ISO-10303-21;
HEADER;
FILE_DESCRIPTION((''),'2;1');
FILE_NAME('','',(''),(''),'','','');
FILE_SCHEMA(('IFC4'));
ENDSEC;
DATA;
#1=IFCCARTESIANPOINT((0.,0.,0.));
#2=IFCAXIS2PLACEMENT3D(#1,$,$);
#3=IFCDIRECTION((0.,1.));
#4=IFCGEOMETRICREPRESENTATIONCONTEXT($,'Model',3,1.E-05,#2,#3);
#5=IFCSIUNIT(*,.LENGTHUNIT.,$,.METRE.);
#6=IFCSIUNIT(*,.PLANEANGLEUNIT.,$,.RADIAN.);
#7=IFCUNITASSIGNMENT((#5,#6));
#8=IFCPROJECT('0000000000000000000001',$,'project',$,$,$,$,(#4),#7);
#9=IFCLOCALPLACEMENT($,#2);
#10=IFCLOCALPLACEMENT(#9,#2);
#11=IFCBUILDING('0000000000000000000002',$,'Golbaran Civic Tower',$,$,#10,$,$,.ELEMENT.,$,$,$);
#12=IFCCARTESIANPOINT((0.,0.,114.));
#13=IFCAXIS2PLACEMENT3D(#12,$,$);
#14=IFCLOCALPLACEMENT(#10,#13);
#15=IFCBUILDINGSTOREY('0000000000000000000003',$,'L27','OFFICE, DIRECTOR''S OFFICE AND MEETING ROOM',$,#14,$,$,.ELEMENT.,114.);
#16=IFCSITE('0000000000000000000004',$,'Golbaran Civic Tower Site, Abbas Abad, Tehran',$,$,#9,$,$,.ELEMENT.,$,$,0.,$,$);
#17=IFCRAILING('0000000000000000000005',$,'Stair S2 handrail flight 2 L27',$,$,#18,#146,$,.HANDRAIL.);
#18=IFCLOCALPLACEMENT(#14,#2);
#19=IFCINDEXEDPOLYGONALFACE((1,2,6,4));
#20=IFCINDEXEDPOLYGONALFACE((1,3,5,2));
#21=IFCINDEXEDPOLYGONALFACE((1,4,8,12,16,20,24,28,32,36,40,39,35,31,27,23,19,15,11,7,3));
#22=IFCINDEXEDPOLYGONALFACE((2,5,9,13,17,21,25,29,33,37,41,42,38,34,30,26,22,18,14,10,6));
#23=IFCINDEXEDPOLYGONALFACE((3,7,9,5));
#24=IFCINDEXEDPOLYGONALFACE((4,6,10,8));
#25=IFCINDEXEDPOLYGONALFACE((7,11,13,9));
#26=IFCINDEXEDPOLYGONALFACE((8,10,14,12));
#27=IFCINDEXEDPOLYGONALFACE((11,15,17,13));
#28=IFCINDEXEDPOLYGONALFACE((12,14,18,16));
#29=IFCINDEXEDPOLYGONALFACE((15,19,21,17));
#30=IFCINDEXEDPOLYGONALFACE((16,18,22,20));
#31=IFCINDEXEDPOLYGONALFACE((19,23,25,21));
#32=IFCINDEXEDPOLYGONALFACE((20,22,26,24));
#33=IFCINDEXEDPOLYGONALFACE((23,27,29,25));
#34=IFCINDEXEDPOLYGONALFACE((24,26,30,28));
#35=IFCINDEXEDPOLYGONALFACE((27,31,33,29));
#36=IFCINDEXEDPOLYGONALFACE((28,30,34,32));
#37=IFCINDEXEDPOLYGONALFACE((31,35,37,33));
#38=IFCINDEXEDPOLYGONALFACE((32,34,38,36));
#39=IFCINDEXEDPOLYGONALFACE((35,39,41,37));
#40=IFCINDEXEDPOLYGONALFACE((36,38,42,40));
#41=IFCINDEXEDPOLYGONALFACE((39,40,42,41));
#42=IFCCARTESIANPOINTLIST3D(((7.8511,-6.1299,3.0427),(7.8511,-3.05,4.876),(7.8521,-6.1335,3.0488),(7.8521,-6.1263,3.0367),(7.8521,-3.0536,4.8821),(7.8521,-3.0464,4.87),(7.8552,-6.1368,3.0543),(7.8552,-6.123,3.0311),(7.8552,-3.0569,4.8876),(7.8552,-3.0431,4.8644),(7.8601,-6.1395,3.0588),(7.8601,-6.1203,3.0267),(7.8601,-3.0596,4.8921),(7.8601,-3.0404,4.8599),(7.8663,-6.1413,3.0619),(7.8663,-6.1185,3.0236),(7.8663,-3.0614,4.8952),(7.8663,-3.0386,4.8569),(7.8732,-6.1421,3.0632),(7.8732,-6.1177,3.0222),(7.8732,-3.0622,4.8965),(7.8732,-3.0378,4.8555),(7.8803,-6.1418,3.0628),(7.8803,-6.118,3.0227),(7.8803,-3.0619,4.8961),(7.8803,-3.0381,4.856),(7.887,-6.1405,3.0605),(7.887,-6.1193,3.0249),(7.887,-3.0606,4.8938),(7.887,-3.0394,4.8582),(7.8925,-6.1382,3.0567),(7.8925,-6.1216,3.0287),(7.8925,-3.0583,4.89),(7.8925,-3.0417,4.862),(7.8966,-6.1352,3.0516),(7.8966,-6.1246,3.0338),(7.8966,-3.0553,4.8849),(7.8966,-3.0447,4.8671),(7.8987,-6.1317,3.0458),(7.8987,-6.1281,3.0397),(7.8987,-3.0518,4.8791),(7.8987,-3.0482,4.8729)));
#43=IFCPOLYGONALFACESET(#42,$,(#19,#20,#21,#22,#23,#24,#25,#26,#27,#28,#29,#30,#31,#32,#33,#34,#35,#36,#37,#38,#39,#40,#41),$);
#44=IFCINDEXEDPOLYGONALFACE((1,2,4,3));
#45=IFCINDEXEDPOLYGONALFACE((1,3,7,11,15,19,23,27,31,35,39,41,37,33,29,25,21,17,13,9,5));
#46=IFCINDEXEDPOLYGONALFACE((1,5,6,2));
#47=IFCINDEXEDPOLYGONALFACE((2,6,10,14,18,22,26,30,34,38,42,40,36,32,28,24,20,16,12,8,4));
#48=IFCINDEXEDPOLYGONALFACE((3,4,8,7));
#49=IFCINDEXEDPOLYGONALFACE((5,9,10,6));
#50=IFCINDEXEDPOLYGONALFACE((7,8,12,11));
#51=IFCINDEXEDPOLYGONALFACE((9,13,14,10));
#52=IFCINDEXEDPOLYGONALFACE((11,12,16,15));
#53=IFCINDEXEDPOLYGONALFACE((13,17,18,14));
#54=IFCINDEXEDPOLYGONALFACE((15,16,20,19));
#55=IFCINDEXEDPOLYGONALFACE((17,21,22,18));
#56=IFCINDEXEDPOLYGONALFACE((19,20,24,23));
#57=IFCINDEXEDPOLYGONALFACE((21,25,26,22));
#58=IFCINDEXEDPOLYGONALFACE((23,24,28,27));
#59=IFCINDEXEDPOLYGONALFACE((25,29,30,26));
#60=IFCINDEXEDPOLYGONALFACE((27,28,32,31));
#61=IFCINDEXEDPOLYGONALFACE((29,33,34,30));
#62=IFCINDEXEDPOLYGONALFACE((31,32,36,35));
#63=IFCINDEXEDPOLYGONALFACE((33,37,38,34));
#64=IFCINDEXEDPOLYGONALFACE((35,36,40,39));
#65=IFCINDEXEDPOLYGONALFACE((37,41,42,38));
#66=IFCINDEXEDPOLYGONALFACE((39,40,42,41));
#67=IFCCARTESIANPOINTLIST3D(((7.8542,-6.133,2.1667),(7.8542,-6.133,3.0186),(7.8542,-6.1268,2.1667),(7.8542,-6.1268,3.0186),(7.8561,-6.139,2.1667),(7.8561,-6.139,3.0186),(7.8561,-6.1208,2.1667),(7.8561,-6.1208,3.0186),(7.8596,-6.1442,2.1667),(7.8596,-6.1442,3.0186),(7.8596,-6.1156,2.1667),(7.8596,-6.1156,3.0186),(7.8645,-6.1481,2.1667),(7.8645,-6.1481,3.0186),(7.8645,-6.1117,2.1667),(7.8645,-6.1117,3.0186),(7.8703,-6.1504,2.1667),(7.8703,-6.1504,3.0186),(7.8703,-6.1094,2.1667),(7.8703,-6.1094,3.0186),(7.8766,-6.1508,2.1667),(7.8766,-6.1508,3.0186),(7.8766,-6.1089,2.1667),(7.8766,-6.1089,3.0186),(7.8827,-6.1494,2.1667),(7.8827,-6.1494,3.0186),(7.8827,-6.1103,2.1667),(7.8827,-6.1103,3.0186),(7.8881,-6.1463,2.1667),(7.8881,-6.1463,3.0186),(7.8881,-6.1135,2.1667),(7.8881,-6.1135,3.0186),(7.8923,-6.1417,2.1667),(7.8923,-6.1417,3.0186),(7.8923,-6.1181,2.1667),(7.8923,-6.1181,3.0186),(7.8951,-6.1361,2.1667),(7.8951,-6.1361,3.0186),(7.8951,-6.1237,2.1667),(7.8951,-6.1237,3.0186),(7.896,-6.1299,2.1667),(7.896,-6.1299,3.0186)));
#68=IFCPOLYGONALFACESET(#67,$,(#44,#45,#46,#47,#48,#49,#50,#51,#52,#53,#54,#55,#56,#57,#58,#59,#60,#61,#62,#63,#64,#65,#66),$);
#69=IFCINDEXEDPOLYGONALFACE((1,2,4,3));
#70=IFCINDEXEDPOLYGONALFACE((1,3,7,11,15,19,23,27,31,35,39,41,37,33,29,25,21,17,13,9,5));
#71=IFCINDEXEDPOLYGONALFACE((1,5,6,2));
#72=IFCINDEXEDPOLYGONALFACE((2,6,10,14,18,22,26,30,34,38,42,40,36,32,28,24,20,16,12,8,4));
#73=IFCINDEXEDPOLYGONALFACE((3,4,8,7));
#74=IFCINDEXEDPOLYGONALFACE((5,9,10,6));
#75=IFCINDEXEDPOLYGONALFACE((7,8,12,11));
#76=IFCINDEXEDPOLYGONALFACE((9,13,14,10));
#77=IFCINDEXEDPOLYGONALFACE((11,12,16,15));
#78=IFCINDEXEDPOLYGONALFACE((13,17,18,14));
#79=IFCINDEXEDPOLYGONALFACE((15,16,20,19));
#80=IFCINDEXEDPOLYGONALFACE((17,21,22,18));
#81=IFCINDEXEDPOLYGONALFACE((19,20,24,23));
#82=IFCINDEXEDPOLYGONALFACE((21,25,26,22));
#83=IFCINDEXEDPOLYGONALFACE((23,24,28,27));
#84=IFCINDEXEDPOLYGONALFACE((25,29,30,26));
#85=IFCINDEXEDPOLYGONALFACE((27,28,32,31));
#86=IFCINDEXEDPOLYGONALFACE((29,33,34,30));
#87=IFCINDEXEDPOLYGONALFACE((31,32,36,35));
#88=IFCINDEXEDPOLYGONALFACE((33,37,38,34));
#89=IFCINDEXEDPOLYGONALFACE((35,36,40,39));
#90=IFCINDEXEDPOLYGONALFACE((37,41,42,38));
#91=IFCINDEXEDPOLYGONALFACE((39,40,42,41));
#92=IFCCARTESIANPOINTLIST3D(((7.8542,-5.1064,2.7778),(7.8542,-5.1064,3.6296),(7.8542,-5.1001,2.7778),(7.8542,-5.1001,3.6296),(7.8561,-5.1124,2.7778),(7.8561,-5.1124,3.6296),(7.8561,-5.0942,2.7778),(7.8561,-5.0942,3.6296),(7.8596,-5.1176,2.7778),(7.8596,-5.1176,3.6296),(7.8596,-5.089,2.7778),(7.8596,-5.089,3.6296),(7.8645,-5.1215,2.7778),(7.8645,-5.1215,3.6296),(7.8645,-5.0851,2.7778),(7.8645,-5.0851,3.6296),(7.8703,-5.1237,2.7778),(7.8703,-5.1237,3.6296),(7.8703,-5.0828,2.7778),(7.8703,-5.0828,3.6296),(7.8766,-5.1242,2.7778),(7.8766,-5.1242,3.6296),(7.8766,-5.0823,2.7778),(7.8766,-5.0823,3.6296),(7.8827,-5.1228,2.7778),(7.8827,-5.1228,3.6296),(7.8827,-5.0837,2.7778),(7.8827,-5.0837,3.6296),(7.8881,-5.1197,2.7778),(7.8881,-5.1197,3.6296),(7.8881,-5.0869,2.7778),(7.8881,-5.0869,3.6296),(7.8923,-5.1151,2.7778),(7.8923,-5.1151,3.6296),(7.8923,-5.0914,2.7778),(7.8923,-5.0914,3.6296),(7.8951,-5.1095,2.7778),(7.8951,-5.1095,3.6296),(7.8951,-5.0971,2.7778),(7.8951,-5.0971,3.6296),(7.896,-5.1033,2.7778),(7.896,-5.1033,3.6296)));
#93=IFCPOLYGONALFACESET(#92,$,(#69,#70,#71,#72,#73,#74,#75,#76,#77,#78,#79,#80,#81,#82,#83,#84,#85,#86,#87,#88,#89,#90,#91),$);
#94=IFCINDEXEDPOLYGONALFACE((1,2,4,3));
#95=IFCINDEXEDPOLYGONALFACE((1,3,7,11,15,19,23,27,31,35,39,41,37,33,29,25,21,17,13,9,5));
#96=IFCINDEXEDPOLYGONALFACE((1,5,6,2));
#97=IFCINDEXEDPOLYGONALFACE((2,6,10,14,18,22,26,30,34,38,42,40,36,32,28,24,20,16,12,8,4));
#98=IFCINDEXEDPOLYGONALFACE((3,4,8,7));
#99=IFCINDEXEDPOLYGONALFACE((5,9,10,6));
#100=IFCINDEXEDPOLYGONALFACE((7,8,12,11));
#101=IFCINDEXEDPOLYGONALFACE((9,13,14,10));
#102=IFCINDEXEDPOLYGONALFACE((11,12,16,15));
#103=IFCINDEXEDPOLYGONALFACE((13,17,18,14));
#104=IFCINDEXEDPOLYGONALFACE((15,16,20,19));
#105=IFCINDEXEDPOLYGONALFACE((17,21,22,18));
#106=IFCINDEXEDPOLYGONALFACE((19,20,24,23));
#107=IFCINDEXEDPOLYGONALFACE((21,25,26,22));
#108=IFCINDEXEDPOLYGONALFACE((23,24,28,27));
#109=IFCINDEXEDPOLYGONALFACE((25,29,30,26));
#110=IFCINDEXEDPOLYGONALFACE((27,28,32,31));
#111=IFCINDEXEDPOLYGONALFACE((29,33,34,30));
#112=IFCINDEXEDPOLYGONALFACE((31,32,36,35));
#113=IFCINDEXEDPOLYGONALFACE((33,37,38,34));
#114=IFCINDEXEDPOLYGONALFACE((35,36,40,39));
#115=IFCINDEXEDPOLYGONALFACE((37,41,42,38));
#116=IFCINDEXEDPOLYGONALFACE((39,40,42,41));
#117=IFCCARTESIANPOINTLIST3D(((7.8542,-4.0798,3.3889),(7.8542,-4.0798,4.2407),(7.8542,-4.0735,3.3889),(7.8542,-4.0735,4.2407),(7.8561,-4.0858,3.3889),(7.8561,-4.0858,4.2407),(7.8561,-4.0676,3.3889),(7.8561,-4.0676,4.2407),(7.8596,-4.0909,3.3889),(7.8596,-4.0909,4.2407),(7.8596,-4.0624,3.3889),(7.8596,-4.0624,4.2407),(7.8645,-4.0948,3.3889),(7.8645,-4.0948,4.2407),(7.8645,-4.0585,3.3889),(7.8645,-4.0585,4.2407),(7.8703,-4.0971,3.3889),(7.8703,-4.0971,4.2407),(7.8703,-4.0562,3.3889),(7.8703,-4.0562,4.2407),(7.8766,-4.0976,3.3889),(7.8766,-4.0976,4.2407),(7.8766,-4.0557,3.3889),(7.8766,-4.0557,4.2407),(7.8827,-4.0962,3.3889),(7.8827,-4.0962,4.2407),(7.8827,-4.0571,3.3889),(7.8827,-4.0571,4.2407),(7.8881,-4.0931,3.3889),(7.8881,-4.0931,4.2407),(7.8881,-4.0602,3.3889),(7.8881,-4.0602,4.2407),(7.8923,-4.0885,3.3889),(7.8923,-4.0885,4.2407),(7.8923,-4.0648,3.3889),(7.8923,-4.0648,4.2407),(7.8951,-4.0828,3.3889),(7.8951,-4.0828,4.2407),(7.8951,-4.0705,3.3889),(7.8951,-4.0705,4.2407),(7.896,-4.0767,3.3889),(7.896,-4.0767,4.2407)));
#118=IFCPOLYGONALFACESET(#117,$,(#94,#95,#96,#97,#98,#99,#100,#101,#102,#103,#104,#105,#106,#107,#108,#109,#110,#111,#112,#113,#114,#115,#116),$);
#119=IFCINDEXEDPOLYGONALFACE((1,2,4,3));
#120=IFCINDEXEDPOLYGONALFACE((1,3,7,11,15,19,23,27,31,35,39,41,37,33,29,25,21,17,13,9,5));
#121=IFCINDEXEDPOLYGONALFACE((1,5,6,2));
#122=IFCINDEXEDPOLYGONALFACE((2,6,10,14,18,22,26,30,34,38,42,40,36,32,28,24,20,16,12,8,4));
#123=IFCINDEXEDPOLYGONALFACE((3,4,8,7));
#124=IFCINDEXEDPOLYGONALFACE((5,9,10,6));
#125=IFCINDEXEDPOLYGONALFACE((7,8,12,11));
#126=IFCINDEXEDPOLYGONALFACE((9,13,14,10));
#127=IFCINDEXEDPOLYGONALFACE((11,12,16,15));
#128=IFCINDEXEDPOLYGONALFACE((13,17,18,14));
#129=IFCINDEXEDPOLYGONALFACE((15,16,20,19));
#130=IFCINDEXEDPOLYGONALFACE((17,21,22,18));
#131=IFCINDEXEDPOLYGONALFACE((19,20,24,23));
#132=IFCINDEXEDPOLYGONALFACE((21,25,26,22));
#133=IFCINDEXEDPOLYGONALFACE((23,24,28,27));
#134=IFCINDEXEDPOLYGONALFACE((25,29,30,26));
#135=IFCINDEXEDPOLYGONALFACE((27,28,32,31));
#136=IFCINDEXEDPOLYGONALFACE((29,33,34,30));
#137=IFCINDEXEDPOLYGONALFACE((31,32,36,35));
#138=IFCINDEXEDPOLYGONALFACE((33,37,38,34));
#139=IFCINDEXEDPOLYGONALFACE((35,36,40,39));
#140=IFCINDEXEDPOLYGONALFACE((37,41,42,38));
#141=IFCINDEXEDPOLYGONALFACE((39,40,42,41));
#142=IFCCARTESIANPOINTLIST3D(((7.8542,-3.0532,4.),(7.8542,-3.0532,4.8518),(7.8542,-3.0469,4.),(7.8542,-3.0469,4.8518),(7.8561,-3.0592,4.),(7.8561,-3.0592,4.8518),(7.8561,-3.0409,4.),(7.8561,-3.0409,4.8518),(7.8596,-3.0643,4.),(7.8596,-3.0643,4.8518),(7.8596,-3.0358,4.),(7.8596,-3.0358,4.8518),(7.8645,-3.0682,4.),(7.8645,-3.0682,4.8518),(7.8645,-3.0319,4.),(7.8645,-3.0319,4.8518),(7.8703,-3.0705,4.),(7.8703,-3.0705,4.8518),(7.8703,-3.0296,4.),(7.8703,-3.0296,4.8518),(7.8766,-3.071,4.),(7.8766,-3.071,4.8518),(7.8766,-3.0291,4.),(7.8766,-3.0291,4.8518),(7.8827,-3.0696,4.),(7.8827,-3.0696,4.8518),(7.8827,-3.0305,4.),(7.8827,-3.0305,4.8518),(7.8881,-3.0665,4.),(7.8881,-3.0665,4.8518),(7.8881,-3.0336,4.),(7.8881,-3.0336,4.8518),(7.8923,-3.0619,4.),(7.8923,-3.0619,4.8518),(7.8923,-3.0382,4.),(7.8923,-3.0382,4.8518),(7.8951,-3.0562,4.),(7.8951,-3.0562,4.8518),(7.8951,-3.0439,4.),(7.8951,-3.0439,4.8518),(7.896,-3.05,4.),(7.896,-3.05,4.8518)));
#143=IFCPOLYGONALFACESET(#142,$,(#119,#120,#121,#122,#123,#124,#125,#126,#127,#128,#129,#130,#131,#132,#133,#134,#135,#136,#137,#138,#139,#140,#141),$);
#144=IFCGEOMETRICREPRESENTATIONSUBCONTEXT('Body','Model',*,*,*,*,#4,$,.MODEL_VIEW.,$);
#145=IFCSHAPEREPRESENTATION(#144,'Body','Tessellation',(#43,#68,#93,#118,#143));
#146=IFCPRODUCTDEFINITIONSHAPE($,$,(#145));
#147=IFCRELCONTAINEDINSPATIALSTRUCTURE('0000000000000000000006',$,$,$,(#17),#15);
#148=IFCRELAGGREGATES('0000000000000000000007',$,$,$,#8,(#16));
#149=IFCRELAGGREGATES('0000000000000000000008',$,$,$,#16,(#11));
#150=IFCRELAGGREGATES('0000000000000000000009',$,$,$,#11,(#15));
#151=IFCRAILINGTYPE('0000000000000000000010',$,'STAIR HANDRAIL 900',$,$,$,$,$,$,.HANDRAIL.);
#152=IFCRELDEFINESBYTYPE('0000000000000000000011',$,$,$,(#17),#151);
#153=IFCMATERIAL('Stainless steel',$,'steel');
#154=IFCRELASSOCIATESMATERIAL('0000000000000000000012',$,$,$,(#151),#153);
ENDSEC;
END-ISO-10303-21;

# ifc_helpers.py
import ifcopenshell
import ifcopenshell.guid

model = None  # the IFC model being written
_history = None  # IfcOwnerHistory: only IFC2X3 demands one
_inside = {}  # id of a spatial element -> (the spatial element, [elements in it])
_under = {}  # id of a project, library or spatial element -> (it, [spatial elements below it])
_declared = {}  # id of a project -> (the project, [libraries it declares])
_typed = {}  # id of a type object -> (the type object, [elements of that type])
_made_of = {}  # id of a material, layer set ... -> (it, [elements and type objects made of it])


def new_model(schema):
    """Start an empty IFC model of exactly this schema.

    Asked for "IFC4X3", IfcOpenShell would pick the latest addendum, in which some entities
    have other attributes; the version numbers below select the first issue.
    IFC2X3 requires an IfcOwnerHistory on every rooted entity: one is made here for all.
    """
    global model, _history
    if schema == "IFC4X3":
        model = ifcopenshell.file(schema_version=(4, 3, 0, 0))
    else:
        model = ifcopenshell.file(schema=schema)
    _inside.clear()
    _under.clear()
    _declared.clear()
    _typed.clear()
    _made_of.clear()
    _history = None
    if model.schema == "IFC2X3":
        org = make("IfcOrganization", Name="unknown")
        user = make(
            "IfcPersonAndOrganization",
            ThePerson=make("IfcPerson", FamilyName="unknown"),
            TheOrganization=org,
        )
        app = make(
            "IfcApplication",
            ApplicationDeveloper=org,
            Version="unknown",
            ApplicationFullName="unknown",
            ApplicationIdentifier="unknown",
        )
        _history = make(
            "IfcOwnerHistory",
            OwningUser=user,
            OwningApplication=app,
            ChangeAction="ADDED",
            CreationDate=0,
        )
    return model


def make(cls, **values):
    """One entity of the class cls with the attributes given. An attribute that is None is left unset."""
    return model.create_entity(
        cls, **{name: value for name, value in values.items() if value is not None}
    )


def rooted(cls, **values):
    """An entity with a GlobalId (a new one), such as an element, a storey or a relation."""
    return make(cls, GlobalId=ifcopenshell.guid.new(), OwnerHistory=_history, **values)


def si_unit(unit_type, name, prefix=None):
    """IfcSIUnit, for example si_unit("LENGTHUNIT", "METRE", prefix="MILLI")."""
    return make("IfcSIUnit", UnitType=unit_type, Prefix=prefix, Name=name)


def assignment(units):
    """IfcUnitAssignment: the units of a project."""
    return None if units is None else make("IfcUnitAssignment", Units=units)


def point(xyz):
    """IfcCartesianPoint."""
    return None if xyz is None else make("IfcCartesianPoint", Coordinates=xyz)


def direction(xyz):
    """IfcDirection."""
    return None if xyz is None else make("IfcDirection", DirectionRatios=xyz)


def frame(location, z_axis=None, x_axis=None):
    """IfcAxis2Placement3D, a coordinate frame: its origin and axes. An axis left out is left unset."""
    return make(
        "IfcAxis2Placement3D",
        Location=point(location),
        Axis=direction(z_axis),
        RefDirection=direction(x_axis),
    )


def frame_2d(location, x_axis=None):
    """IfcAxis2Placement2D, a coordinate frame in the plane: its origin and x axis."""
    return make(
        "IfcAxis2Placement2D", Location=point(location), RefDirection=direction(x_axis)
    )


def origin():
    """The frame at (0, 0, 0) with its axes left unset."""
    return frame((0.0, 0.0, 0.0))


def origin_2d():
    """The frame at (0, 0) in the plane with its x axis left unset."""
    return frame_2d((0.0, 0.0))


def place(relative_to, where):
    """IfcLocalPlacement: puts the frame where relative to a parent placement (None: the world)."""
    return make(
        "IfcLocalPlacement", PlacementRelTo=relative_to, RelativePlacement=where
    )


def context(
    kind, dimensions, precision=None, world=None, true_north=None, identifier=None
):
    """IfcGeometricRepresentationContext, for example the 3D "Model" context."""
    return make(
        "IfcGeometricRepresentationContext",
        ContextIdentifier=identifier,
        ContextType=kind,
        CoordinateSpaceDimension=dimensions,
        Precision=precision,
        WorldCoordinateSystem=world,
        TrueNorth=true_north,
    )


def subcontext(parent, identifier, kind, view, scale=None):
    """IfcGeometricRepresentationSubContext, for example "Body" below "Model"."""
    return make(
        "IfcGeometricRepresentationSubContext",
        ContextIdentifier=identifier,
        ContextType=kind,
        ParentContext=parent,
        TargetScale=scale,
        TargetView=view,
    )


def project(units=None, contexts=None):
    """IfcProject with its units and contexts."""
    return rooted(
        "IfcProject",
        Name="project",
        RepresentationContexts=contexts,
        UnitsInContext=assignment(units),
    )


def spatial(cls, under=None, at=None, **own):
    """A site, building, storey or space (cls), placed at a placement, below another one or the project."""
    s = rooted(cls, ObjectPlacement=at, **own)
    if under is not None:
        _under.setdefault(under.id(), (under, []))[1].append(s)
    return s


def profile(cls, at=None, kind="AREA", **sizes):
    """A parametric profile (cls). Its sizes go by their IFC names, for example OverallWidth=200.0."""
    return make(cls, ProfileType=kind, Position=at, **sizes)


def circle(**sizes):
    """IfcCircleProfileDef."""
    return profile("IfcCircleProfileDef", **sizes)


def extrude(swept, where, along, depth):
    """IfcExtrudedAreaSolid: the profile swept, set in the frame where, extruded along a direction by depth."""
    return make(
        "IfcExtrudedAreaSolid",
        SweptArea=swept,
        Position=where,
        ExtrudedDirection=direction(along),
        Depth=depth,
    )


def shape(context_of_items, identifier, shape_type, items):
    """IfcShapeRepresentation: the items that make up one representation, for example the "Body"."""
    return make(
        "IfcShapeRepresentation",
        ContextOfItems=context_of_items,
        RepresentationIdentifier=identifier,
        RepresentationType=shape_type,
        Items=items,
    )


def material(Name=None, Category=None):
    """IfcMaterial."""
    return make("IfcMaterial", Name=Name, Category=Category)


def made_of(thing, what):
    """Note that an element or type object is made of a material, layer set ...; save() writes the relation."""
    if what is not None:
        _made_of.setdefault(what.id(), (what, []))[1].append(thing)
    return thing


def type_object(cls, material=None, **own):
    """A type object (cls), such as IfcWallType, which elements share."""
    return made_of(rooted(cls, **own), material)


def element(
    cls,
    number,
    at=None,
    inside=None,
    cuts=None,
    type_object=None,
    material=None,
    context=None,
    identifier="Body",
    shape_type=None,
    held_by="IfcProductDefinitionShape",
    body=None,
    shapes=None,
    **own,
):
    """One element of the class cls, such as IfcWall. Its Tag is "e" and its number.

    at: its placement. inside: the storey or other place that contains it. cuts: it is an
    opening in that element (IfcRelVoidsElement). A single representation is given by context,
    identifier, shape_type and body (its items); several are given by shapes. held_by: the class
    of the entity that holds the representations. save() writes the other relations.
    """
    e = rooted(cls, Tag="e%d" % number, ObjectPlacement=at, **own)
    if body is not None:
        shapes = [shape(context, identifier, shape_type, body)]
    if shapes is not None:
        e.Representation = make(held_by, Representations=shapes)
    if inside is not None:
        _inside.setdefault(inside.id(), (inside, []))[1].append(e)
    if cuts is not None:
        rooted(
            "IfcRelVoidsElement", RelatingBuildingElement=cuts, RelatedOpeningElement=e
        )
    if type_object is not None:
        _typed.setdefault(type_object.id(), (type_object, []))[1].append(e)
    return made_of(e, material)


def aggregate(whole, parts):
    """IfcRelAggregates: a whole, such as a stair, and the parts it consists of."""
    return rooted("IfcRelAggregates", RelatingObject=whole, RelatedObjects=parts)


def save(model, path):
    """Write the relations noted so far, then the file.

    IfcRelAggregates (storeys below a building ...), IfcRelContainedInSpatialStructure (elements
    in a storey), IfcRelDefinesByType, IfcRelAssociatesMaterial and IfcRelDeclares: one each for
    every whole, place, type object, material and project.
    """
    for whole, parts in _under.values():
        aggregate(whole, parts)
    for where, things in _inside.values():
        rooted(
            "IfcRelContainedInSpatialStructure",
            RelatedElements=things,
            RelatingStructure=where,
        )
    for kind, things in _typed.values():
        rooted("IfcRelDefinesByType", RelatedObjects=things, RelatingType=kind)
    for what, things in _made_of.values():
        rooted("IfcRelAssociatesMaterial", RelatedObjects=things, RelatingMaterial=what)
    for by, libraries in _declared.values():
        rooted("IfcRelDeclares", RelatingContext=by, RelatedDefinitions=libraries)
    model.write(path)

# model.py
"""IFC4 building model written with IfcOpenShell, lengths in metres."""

from ifc_helpers import new_model, si_unit, direction, frame, origin, origin_2d, place, context, subcontext, project, spatial, circle, extrude, material, type_object, element, save


model = new_model("IFC4")

# Units and contexts
model_context = context("Model", 3, precision=1e-05, world=origin(), true_north=direction((0.0, 1.0)))
body_context = subcontext(model_context, "Body", "Model", "MODEL_VIEW")
ifc_project = project(units=[si_unit("LENGTHUNIT", "METRE"), si_unit("PLANEANGLEUNIT", "RADIAN")], contexts=[model_context])

# Site, building, storey
site_placement = place(None, origin())
site = spatial("IfcSite", under=ifc_project, at=site_placement, Name="Golbaran Civic Tower Site, Abbas Abad, Tehran", CompositionType="ELEMENT", RefElevation=0.0)
building_placement = place(site_placement, origin())
building = spatial("IfcBuilding", under=site, at=building_placement, Name="Golbaran Civic Tower", CompositionType="ELEMENT")
storey_placement = place(building_placement, frame((0.0, 0.0, 114.0)))
storey = spatial("IfcBuildingStorey", under=building, at=storey_placement, Name="L27", Description="OFFICE, DIRECTOR'S OFFICE AND MEETING ROOM", CompositionType="ELEMENT", Elevation=114.0)

# Shared definitions
ifc_material_1 = material(Name="Stainless steel", Category="steel")

# Railing
railing_type = type_object("IfcRailingType", Name="STAIR HANDRAIL 900", PredefinedType="HANDRAIL", material=ifc_material_1)
railing_1_placement = place(storey_placement, frame((7.875, -6.1299, 2.1667)))
element("IfcRailing", 1, at=railing_1_placement, inside=storey, type_object=railing_type, Name="Stair S2 handrail flight 2 L27", PredefinedType="HANDRAIL", context=body_context, shape_type="SweptSolid", body=[
    extrude(circle(Radius=0.0239, at=origin_2d()), frame((0.0, 0.0, 0.876), z_axis=(0.0, 0.859291, 0.511487), x_axis=(-1.0, 0.0, 0.0)), (0.0, 0.0, 1.0), 3.5842),
    extrude(circle(Radius=0.021, at=origin_2d()), origin(), (0.0, 0.0, 1.0), 0.8518),
    extrude(circle(Radius=0.021, at=origin_2d()), frame((0.0, 1.0266, 0.6111)), (0.0, 0.0, 1.0), 0.8518),
    extrude(circle(Radius=0.021, at=origin_2d()), frame((0.0, 2.0532, 1.2222)), (0.0, 0.0, 1.0), 0.8518),
    extrude(circle(Radius=0.021, at=origin_2d()), frame((0.0, 3.0798, 1.8333)), (0.0, 0.0, 1.0), 0.8518),
])

save(model, "model.ifc")
